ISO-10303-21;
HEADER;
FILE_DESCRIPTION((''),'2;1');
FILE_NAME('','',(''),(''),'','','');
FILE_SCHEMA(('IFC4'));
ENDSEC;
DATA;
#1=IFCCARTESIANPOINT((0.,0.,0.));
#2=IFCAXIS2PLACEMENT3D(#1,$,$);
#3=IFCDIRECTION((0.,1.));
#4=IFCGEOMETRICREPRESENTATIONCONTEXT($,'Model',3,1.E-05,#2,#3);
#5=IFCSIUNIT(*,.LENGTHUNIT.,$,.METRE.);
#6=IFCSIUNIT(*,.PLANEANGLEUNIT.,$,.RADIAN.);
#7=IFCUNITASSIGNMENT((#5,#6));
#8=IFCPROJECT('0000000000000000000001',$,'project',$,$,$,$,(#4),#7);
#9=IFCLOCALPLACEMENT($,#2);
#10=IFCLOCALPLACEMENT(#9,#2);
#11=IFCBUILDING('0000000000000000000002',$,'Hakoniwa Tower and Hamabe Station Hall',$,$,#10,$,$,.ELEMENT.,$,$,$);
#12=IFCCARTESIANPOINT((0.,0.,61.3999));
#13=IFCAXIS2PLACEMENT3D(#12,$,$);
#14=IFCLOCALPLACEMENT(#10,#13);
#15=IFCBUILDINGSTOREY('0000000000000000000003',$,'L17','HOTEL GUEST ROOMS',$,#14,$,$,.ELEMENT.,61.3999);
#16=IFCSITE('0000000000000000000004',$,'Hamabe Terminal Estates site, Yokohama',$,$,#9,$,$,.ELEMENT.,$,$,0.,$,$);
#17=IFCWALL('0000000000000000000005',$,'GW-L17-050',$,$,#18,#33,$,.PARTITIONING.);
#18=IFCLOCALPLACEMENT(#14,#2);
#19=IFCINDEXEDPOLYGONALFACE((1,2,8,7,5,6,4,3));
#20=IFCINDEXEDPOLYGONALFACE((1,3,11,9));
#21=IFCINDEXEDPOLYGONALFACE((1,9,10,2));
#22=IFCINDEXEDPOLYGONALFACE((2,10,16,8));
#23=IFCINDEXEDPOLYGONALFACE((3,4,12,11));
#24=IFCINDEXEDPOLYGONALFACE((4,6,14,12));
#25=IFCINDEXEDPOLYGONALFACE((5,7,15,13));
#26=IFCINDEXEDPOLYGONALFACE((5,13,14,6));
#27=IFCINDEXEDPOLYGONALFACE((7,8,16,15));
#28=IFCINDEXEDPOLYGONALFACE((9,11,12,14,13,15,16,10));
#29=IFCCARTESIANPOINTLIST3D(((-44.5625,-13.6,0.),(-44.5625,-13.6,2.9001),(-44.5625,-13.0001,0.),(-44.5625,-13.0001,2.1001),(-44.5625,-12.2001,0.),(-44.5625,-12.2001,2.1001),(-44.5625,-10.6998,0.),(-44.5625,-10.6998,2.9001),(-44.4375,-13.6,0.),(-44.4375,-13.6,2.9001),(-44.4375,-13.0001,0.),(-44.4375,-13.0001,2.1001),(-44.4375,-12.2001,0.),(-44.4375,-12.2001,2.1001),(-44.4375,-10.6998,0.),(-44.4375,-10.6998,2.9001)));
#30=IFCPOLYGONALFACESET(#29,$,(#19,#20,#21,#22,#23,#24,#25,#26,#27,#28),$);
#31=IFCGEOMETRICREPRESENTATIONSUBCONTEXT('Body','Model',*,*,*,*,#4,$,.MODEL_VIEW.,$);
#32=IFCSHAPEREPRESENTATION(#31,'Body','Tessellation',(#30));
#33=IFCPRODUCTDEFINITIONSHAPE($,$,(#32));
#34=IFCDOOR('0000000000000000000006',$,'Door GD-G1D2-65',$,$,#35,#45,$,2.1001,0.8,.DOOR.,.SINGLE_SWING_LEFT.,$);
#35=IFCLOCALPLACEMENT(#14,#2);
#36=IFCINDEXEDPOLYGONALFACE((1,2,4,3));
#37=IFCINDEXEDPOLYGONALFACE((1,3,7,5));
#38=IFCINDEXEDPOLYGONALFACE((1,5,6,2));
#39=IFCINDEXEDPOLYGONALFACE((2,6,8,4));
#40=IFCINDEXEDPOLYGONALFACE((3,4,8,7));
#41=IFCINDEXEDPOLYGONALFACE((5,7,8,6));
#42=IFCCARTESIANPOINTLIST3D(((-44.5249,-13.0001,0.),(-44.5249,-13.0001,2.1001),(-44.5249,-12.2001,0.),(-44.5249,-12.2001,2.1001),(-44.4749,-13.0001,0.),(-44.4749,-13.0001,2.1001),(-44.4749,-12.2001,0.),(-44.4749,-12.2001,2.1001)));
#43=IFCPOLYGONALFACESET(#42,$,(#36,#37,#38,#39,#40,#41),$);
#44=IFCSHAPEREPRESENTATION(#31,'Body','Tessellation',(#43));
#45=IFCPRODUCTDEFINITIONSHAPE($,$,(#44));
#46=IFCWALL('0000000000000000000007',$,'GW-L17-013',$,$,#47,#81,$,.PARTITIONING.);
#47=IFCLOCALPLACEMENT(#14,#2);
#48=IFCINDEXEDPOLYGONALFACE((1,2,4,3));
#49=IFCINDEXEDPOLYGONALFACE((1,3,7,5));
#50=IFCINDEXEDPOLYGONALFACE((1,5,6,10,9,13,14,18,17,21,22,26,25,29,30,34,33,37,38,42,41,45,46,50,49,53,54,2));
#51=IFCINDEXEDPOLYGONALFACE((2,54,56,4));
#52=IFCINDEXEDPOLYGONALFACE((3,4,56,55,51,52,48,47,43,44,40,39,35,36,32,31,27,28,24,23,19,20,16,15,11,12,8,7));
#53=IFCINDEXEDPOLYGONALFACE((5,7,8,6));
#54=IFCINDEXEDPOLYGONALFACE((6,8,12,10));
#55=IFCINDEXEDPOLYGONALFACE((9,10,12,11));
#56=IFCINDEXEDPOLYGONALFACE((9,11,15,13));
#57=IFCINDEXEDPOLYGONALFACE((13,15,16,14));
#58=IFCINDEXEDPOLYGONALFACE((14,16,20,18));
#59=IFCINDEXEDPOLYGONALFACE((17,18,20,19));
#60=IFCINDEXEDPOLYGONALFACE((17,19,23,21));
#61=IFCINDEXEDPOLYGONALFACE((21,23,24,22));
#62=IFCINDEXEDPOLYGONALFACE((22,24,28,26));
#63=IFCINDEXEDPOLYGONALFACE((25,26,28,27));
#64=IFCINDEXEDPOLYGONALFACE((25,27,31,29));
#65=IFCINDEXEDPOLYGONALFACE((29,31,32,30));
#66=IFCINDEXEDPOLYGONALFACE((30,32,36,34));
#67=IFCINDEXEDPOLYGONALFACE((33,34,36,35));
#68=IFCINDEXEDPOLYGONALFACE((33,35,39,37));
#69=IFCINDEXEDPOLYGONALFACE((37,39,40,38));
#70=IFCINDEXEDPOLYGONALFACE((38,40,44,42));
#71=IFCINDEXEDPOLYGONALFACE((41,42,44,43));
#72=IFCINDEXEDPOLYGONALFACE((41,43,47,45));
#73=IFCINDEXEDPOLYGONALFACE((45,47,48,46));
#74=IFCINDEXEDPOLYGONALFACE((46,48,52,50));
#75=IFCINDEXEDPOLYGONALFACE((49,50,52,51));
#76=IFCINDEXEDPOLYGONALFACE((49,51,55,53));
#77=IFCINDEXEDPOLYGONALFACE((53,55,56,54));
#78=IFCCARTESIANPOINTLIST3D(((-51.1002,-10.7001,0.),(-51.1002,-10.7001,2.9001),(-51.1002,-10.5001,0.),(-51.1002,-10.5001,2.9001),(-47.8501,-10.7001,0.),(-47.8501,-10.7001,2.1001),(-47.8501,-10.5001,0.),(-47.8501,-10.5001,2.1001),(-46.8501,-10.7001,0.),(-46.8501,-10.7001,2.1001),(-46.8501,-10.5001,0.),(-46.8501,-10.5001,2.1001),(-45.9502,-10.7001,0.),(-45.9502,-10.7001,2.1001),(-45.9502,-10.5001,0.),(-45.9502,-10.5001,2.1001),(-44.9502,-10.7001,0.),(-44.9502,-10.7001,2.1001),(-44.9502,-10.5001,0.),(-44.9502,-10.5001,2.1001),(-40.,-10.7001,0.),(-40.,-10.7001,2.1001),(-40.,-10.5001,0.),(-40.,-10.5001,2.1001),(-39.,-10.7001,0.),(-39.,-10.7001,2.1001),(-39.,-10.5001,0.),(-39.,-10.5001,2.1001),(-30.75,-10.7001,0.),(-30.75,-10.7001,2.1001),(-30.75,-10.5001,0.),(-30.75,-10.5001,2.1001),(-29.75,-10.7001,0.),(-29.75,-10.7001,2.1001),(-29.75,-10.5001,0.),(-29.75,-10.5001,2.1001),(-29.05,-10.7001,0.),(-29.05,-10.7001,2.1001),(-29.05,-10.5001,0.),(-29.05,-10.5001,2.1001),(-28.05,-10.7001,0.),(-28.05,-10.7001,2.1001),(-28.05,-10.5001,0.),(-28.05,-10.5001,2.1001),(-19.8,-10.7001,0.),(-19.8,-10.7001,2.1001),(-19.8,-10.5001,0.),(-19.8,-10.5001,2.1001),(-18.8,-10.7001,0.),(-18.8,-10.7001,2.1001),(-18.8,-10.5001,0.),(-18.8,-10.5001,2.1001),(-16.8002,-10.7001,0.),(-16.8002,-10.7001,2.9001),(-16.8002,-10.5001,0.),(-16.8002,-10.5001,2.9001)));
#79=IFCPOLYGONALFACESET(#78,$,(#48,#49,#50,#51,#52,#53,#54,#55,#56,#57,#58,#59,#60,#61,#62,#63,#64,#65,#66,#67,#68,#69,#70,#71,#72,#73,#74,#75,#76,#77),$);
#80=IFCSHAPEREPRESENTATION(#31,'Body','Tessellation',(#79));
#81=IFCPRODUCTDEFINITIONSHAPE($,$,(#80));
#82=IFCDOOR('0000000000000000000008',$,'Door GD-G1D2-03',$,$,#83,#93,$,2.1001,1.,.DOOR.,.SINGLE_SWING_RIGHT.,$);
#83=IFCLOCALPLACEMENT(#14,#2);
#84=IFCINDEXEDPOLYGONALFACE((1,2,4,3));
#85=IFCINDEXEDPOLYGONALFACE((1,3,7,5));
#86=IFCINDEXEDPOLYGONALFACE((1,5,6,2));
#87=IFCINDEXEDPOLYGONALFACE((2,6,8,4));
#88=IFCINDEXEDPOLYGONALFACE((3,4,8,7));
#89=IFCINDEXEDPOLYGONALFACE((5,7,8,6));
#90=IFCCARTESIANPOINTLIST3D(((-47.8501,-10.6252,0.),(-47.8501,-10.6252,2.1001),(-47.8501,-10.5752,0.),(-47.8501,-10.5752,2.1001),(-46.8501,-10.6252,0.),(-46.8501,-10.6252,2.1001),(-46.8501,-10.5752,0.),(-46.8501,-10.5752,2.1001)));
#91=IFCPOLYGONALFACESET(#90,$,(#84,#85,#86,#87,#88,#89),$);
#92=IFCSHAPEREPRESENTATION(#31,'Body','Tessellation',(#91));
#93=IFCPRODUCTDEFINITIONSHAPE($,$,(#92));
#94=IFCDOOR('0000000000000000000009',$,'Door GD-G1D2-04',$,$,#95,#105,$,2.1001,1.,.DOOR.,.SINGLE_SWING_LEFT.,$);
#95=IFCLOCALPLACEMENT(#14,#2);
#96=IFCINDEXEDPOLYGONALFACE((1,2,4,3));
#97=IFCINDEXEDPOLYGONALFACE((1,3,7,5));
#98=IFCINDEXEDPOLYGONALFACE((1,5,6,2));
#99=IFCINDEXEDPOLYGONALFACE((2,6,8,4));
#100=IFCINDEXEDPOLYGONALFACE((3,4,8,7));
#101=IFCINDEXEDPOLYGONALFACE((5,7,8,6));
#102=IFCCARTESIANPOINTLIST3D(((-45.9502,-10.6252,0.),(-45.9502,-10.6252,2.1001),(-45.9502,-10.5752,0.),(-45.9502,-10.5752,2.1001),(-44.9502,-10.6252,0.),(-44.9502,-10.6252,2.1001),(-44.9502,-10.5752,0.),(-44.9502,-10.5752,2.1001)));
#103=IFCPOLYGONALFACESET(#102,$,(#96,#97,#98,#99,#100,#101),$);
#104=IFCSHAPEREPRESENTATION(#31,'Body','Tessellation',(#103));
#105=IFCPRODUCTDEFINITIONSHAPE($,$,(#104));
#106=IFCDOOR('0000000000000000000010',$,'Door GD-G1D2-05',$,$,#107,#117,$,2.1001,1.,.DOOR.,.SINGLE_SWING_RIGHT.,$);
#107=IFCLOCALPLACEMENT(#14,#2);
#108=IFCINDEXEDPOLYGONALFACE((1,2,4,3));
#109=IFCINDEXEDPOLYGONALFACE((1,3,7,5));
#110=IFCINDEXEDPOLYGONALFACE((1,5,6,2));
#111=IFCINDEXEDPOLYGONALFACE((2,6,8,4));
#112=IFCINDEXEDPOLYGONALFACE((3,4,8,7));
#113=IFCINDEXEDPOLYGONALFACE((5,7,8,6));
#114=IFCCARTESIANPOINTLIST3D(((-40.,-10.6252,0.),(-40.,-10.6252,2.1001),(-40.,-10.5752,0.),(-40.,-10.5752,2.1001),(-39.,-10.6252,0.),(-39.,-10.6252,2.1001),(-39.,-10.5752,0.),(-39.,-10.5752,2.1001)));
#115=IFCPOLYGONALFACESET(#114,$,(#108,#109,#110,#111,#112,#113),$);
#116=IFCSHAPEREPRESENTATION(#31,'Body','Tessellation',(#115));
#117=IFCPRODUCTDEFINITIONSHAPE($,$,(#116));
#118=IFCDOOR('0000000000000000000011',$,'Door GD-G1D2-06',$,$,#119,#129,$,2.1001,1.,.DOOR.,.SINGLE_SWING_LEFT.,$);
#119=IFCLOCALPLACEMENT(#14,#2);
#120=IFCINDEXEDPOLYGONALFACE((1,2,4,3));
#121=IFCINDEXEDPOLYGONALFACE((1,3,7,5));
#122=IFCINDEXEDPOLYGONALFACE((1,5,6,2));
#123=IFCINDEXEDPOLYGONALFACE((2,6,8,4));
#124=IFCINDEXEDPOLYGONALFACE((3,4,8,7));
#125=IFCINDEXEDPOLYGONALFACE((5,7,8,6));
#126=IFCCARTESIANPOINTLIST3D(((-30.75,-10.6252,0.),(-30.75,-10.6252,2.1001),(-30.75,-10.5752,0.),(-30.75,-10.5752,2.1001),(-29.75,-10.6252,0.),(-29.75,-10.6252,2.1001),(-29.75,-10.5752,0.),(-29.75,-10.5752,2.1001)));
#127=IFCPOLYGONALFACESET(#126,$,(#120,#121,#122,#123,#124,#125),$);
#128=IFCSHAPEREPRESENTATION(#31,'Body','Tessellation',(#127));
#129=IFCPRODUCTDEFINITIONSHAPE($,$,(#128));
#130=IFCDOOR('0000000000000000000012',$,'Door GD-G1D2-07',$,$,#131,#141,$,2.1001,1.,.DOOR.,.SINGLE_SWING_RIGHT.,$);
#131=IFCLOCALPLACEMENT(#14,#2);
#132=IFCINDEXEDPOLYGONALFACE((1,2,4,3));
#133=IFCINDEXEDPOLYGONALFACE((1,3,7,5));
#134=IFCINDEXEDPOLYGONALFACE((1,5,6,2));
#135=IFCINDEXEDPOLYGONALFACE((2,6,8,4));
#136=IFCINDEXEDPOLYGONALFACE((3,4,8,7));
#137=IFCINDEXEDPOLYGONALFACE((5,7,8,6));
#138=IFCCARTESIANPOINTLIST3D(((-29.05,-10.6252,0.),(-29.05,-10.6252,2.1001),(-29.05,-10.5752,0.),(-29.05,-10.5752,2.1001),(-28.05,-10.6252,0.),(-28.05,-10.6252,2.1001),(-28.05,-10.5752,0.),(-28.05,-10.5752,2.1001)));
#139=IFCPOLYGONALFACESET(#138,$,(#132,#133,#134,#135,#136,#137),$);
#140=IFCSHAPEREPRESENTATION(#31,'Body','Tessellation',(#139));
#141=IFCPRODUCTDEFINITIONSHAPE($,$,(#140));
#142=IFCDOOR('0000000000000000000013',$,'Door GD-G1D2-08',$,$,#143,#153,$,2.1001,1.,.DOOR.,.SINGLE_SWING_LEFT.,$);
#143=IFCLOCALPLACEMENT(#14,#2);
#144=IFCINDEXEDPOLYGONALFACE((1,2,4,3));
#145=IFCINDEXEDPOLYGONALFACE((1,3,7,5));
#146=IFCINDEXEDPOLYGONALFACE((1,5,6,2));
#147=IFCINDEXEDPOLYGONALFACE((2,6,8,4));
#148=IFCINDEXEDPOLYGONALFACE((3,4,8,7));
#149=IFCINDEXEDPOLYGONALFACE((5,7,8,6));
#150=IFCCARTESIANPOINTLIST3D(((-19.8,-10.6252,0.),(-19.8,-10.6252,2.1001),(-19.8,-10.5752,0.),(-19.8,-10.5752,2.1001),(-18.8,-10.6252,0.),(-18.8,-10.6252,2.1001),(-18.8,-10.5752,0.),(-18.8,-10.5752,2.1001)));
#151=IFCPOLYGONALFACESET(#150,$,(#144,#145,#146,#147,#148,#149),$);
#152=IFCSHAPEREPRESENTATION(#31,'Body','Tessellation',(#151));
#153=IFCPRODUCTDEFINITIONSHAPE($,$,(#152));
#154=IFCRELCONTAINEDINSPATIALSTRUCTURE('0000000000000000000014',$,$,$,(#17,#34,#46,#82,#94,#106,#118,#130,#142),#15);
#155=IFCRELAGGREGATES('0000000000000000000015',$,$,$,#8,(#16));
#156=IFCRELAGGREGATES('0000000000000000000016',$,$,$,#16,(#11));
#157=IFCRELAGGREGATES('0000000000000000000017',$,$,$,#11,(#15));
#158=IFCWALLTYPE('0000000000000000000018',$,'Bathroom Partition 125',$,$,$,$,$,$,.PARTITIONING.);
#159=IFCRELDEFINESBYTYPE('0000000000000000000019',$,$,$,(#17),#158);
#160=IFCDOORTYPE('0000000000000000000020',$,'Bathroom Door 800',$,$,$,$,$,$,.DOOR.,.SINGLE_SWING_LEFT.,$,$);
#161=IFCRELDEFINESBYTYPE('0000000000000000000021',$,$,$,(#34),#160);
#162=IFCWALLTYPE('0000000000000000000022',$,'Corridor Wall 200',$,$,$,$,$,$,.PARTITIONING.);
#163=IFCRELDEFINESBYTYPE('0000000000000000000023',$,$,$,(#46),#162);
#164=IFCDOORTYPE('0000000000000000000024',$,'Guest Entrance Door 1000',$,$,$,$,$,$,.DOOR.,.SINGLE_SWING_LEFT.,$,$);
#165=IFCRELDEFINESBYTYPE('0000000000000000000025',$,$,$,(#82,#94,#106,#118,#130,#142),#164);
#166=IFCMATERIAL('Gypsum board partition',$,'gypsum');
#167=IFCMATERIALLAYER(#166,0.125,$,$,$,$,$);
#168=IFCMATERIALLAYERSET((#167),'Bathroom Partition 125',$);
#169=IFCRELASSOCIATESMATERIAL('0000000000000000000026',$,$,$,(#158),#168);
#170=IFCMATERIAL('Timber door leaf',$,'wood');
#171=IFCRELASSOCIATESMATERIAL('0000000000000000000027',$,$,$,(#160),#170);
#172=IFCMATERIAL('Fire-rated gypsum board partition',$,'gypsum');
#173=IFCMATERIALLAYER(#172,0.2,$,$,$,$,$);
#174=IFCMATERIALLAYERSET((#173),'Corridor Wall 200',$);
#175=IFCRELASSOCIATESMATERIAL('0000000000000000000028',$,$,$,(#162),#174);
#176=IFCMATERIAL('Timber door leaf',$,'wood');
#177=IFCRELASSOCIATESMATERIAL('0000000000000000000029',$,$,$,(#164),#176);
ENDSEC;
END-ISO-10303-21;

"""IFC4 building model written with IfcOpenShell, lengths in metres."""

from ifc_helpers import new_model, si_unit, direction, frame, frame_2d, origin, place, context, subcontext, project, spatial, rectangle, extrude, material, layer, layer_set, type_object, element, fill, save


model = new_model("IFC4")

# Units and contexts
model_context = context("Model", 3, precision=1e-05, world=origin(), true_north=direction((0.0, 1.0)))
body_context = subcontext(model_context, "Body", "Model", "MODEL_VIEW")
ifc_project = project(units=[si_unit("LENGTHUNIT", "METRE"), si_unit("PLANEANGLEUNIT", "RADIAN")], contexts=[model_context])

# Site, building, storey
site_placement = place(None, origin())
site = spatial("IfcSite", under=ifc_project, at=site_placement, Name="Hamabe Terminal Estates site, Yokohama", CompositionType="ELEMENT", RefElevation=0.0)
building_placement = place(site_placement, origin())
building = spatial("IfcBuilding", under=site, at=building_placement, Name="Hakoniwa Tower and Hamabe Station Hall", CompositionType="ELEMENT")
storey_placement = place(building_placement, frame((0.0, 0.0, 61.3999)))
storey = spatial("IfcBuildingStorey", under=building, at=storey_placement, Name="L17", Description="HOTEL GUEST ROOMS", CompositionType="ELEMENT", Elevation=61.3999)

# Shared definitions
ifc_material_1 = material(Name="Gypsum board partition", Category="gypsum")
ifc_layer_1 = layer(ifc_material_1, 0.125)
ifc_layer_set_1 = layer_set([ifc_layer_1], Name="Bathroom Partition 125")
wall_type_1 = type_object("IfcWallType", Name="Bathroom Partition 125", PredefinedType="PARTITIONING", material=ifc_layer_set_1)

# Shared definitions
ifc_material_2 = material(Name="Timber door leaf", Category="wood")
door_type_1 = type_object("IfcDoorType", Name="Bathroom Door 800", OperationType="SINGLE_SWING_LEFT", PredefinedType="DOOR", material=ifc_material_2)

# Wall, opening, door
wall_1_placement = place(storey_placement, frame((-44.5, -13.6001, 0.0), z_axis=(0.0, 0.0, 1.0), x_axis=(0.0, 1.0, 0.0)))
wall_1 = element("IfcWall", 1, at=wall_1_placement, inside=storey, type_object=wall_type_1, Name="GW-L17-050", PredefinedType="PARTITIONING", context=body_context, shape_type="SweptSolid", body=[
    extrude(rectangle(XDim=2.9001, YDim=0.125, at=frame_2d((1.4502, 0.0))), origin(), (0.0, 0.0, 1.0), 2.9001),
])
opening_1_placement = place(wall_1_placement, frame((0.6001, 0.0, 0.0)))
opening_1 = element("IfcOpeningElement", 2, at=opening_1_placement, cuts=wall_1, PredefinedType="OPENING", context=body_context, shape_type="SweptSolid", body=[
    extrude(rectangle(XDim=0.8, YDim=2.1001, at=frame_2d((0.3999, 1.05))), frame((0.0, 0.0725, 0.0), z_axis=(0.0, -1.0, 0.0), x_axis=(1.0, 0.0, 0.0)), (0.0, 0.0, 1.0), 0.145),
])
door_1_placement = place(opening_1_placement, origin())
door_1 = element("IfcDoor", 3, at=door_1_placement, inside=storey, type_object=door_type_1, Name="Door GD-G1D2-65", OperationType="SINGLE_SWING_LEFT", OverallHeight=2.1001, OverallWidth=0.8, PredefinedType="DOOR", context=body_context, shape_type="SweptSolid", body=[
    extrude(rectangle(XDim=0.8, YDim=2.1001, at=frame_2d((0.3999, 1.05))), frame((0.0, 0.0249, 0.0), z_axis=(0.0, -1.0, 0.0), x_axis=(1.0, 0.0, 0.0)), (0.0, 0.0, 1.0), 0.05),
])
fill(opening_1, door_1)

# Wall, openings, doors
ifc_material_3 = material(Name="Fire-rated gypsum board partition", Category="gypsum")
ifc_layer_2 = layer(ifc_material_3, 0.2)
ifc_layer_set_2 = layer_set([ifc_layer_2], Name="Corridor Wall 200")
wall_type_2 = type_object("IfcWallType", Name="Corridor Wall 200", PredefinedType="PARTITIONING", material=ifc_layer_set_2)
wall_2_placement = place(storey_placement, frame((-51.1001, -10.6001, 0.0), z_axis=(0.0, 0.0, 1.0), x_axis=(1.0, 0.0, 0.0)))
wall_2 = element("IfcWall", 4, at=wall_2_placement, inside=storey, type_object=wall_type_2, Name="GW-L17-013", PredefinedType="PARTITIONING", context=body_context, shape_type="SweptSolid", body=[
    extrude(rectangle(XDim=34.3, YDim=0.2, at=frame_2d((17.1499, 0.0))), origin(), (0.0, 0.0, 1.0), 2.9001),
])
opening_2_placement = place(wall_2_placement, frame((3.25, 0.0, 0.0)))
opening_2 = element("IfcOpeningElement", 5, at=opening_2_placement, cuts=wall_2, PredefinedType="OPENING", context=body_context, shape_type="SweptSolid", body=[
    extrude(rectangle(XDim=1.0, YDim=2.1001, at=frame_2d((0.5, 1.05))), frame((0.0, 0.1099, 0.0), z_axis=(0.0, -1.0, 0.0), x_axis=(1.0, 0.0, 0.0)), (0.0, 0.0, 1.0), 0.22),
])
opening_3_placement = place(wall_2_placement, frame((5.1499, 0.0, 0.0)))
opening_3 = element("IfcOpeningElement", 6, at=opening_3_placement, cuts=wall_2, PredefinedType="OPENING", context=body_context, shape_type="SweptSolid", body=[
    extrude(rectangle(XDim=1.0, YDim=2.1001, at=frame_2d((0.5, 1.05))), frame((0.0, 0.1099, 0.0), z_axis=(0.0, -1.0, 0.0), x_axis=(1.0, 0.0, 0.0)), (0.0, 0.0, 1.0), 0.22),
])
opening_4_placement = place(wall_2_placement, frame((11.1001, 0.0, 0.0)))
opening_4 = element("IfcOpeningElement", 7, at=opening_4_placement, cuts=wall_2, PredefinedType="OPENING", context=body_context, shape_type="SweptSolid", body=[
    extrude(rectangle(XDim=1.0, YDim=2.1001, at=frame_2d((0.5, 1.05))), frame((0.0, 0.1099, 0.0), z_axis=(0.0, -1.0, 0.0), x_axis=(1.0, 0.0, 0.0)), (0.0, 0.0, 1.0), 0.22),
])
opening_5_placement = place(wall_2_placement, frame((20.3501, 0.0, 0.0)))
opening_5 = element("IfcOpeningElement", 8, at=opening_5_placement, cuts=wall_2, PredefinedType="OPENING", context=body_context, shape_type="SweptSolid", body=[
    extrude(rectangle(XDim=1.0, YDim=2.1001, at=frame_2d((0.5, 1.05))), frame((0.0, 0.1099, 0.0), z_axis=(0.0, -1.0, 0.0), x_axis=(1.0, 0.0, 0.0)), (0.0, 0.0, 1.0), 0.22),
])
opening_6_placement = place(wall_2_placement, frame((22.05, 0.0, 0.0)))
opening_6 = element("IfcOpeningElement", 9, at=opening_6_placement, cuts=wall_2, PredefinedType="OPENING", context=body_context, shape_type="SweptSolid", body=[
    extrude(rectangle(XDim=1.0, YDim=2.1001, at=frame_2d((0.5, 1.05))), frame((0.0, 0.1099, 0.0), z_axis=(0.0, -1.0, 0.0), x_axis=(1.0, 0.0, 0.0)), (0.0, 0.0, 1.0), 0.22),
])
opening_7_placement = place(wall_2_placement, frame((31.3, 0.0, 0.0)))
opening_7 = element("IfcOpeningElement", 10, at=opening_7_placement, cuts=wall_2, PredefinedType="OPENING", context=body_context, shape_type="SweptSolid", body=[
    extrude(rectangle(XDim=1.0, YDim=2.1001, at=frame_2d((0.5, 1.05))), frame((0.0, 0.1099, 0.0), z_axis=(0.0, -1.0, 0.0), x_axis=(1.0, 0.0, 0.0)), (0.0, 0.0, 1.0), 0.22),
])
ifc_material_4 = material(Name="Timber door leaf", Category="wood")
door_type_2 = type_object("IfcDoorType", Name="Guest Entrance Door 1000", OperationType="SINGLE_SWING_LEFT", PredefinedType="DOOR", material=ifc_material_4)
door_2_placement = place(opening_2_placement, origin())
door_2 = element("IfcDoor", 11, at=door_2_placement, inside=storey, type_object=door_type_2, Name="Door GD-G1D2-03", OperationType="SINGLE_SWING_RIGHT", OverallHeight=2.1001, OverallWidth=1.0, PredefinedType="DOOR", context=body_context, shape_type="SweptSolid", body=[
    extrude(rectangle(XDim=1.0, YDim=2.1001, at=frame_2d((0.5, 1.05))), frame((0.0, 0.0249, 0.0), z_axis=(0.0, -1.0, 0.0), x_axis=(1.0, 0.0, 0.0)), (0.0, 0.0, 1.0), 0.05),
])
fill(opening_2, door_2)
door_3_placement = place(opening_3_placement, origin())
door_3 = element("IfcDoor", 12, at=door_3_placement, inside=storey, type_object=door_type_2, Name="Door GD-G1D2-04", OperationType="SINGLE_SWING_LEFT", OverallHeight=2.1001, OverallWidth=1.0, PredefinedType="DOOR", context=body_context, shape_type="SweptSolid", body=[
    extrude(rectangle(XDim=1.0, YDim=2.1001, at=frame_2d((0.5, 1.05))), frame((0.0, 0.0249, 0.0), z_axis=(0.0, -1.0, 0.0), x_axis=(1.0, 0.0, 0.0)), (0.0, 0.0, 1.0), 0.05),
])
fill(opening_3, door_3)
door_4_placement = place(opening_4_placement, origin())
door_4 = element("IfcDoor", 13, at=door_4_placement, inside=storey, type_object=door_type_2, Name="Door GD-G1D2-05", OperationType="SINGLE_SWING_RIGHT", OverallHeight=2.1001, OverallWidth=1.0, PredefinedType="DOOR", context=body_context, shape_type="SweptSolid", body=[
    extrude(rectangle(XDim=1.0, YDim=2.1001, at=frame_2d((0.5, 1.05))), frame((0.0, 0.0249, 0.0), z_axis=(0.0, -1.0, 0.0), x_axis=(1.0, 0.0, 0.0)), (0.0, 0.0, 1.0), 0.05),
])
fill(opening_4, door_4)
door_5_placement = place(opening_5_placement, origin())
door_5 = element("IfcDoor", 14, at=door_5_placement, inside=storey, type_object=door_type_2, Name="Door GD-G1D2-06", OperationType="SINGLE_SWING_LEFT", OverallHeight=2.1001, OverallWidth=1.0, PredefinedType="DOOR", context=body_context, shape_type="SweptSolid", body=[
    extrude(rectangle(XDim=1.0, YDim=2.1001, at=frame_2d((0.5, 1.05))), frame((0.0, 0.0249, 0.0), z_axis=(0.0, -1.0, 0.0), x_axis=(1.0, 0.0, 0.0)), (0.0, 0.0, 1.0), 0.05),
])
fill(opening_5, door_5)
door_6_placement = place(opening_6_placement, origin())
door_6 = element("IfcDoor", 15, at=door_6_placement, inside=storey, type_object=door_type_2, Name="Door GD-G1D2-07", OperationType="SINGLE_SWING_RIGHT", OverallHeight=2.1001, OverallWidth=1.0, PredefinedType="DOOR", context=body_context, shape_type="SweptSolid", body=[
    extrude(rectangle(XDim=1.0, YDim=2.1001, at=frame_2d((0.5, 1.05))), frame((0.0, 0.0249, 0.0), z_axis=(0.0, -1.0, 0.0), x_axis=(1.0, 0.0, 0.0)), (0.0, 0.0, 1.0), 0.05),
])
fill(opening_6, door_6)
door_7_placement = place(opening_7_placement, origin())
door_7 = element("IfcDoor", 16, at=door_7_placement, inside=storey, type_object=door_type_2, Name="Door GD-G1D2-08", OperationType="SINGLE_SWING_LEFT", OverallHeight=2.1001, OverallWidth=1.0, PredefinedType="DOOR", context=body_context, shape_type="SweptSolid", body=[
    extrude(rectangle(XDim=1.0, YDim=2.1001, at=frame_2d((0.5, 1.05))), frame((0.0, 0.0249, 0.0), z_axis=(0.0, -1.0, 0.0), x_axis=(1.0, 0.0, 0.0)), (0.0, 0.0, 1.0), 0.05),
])
fill(opening_7, door_7)

save(model, "model.ifc")
